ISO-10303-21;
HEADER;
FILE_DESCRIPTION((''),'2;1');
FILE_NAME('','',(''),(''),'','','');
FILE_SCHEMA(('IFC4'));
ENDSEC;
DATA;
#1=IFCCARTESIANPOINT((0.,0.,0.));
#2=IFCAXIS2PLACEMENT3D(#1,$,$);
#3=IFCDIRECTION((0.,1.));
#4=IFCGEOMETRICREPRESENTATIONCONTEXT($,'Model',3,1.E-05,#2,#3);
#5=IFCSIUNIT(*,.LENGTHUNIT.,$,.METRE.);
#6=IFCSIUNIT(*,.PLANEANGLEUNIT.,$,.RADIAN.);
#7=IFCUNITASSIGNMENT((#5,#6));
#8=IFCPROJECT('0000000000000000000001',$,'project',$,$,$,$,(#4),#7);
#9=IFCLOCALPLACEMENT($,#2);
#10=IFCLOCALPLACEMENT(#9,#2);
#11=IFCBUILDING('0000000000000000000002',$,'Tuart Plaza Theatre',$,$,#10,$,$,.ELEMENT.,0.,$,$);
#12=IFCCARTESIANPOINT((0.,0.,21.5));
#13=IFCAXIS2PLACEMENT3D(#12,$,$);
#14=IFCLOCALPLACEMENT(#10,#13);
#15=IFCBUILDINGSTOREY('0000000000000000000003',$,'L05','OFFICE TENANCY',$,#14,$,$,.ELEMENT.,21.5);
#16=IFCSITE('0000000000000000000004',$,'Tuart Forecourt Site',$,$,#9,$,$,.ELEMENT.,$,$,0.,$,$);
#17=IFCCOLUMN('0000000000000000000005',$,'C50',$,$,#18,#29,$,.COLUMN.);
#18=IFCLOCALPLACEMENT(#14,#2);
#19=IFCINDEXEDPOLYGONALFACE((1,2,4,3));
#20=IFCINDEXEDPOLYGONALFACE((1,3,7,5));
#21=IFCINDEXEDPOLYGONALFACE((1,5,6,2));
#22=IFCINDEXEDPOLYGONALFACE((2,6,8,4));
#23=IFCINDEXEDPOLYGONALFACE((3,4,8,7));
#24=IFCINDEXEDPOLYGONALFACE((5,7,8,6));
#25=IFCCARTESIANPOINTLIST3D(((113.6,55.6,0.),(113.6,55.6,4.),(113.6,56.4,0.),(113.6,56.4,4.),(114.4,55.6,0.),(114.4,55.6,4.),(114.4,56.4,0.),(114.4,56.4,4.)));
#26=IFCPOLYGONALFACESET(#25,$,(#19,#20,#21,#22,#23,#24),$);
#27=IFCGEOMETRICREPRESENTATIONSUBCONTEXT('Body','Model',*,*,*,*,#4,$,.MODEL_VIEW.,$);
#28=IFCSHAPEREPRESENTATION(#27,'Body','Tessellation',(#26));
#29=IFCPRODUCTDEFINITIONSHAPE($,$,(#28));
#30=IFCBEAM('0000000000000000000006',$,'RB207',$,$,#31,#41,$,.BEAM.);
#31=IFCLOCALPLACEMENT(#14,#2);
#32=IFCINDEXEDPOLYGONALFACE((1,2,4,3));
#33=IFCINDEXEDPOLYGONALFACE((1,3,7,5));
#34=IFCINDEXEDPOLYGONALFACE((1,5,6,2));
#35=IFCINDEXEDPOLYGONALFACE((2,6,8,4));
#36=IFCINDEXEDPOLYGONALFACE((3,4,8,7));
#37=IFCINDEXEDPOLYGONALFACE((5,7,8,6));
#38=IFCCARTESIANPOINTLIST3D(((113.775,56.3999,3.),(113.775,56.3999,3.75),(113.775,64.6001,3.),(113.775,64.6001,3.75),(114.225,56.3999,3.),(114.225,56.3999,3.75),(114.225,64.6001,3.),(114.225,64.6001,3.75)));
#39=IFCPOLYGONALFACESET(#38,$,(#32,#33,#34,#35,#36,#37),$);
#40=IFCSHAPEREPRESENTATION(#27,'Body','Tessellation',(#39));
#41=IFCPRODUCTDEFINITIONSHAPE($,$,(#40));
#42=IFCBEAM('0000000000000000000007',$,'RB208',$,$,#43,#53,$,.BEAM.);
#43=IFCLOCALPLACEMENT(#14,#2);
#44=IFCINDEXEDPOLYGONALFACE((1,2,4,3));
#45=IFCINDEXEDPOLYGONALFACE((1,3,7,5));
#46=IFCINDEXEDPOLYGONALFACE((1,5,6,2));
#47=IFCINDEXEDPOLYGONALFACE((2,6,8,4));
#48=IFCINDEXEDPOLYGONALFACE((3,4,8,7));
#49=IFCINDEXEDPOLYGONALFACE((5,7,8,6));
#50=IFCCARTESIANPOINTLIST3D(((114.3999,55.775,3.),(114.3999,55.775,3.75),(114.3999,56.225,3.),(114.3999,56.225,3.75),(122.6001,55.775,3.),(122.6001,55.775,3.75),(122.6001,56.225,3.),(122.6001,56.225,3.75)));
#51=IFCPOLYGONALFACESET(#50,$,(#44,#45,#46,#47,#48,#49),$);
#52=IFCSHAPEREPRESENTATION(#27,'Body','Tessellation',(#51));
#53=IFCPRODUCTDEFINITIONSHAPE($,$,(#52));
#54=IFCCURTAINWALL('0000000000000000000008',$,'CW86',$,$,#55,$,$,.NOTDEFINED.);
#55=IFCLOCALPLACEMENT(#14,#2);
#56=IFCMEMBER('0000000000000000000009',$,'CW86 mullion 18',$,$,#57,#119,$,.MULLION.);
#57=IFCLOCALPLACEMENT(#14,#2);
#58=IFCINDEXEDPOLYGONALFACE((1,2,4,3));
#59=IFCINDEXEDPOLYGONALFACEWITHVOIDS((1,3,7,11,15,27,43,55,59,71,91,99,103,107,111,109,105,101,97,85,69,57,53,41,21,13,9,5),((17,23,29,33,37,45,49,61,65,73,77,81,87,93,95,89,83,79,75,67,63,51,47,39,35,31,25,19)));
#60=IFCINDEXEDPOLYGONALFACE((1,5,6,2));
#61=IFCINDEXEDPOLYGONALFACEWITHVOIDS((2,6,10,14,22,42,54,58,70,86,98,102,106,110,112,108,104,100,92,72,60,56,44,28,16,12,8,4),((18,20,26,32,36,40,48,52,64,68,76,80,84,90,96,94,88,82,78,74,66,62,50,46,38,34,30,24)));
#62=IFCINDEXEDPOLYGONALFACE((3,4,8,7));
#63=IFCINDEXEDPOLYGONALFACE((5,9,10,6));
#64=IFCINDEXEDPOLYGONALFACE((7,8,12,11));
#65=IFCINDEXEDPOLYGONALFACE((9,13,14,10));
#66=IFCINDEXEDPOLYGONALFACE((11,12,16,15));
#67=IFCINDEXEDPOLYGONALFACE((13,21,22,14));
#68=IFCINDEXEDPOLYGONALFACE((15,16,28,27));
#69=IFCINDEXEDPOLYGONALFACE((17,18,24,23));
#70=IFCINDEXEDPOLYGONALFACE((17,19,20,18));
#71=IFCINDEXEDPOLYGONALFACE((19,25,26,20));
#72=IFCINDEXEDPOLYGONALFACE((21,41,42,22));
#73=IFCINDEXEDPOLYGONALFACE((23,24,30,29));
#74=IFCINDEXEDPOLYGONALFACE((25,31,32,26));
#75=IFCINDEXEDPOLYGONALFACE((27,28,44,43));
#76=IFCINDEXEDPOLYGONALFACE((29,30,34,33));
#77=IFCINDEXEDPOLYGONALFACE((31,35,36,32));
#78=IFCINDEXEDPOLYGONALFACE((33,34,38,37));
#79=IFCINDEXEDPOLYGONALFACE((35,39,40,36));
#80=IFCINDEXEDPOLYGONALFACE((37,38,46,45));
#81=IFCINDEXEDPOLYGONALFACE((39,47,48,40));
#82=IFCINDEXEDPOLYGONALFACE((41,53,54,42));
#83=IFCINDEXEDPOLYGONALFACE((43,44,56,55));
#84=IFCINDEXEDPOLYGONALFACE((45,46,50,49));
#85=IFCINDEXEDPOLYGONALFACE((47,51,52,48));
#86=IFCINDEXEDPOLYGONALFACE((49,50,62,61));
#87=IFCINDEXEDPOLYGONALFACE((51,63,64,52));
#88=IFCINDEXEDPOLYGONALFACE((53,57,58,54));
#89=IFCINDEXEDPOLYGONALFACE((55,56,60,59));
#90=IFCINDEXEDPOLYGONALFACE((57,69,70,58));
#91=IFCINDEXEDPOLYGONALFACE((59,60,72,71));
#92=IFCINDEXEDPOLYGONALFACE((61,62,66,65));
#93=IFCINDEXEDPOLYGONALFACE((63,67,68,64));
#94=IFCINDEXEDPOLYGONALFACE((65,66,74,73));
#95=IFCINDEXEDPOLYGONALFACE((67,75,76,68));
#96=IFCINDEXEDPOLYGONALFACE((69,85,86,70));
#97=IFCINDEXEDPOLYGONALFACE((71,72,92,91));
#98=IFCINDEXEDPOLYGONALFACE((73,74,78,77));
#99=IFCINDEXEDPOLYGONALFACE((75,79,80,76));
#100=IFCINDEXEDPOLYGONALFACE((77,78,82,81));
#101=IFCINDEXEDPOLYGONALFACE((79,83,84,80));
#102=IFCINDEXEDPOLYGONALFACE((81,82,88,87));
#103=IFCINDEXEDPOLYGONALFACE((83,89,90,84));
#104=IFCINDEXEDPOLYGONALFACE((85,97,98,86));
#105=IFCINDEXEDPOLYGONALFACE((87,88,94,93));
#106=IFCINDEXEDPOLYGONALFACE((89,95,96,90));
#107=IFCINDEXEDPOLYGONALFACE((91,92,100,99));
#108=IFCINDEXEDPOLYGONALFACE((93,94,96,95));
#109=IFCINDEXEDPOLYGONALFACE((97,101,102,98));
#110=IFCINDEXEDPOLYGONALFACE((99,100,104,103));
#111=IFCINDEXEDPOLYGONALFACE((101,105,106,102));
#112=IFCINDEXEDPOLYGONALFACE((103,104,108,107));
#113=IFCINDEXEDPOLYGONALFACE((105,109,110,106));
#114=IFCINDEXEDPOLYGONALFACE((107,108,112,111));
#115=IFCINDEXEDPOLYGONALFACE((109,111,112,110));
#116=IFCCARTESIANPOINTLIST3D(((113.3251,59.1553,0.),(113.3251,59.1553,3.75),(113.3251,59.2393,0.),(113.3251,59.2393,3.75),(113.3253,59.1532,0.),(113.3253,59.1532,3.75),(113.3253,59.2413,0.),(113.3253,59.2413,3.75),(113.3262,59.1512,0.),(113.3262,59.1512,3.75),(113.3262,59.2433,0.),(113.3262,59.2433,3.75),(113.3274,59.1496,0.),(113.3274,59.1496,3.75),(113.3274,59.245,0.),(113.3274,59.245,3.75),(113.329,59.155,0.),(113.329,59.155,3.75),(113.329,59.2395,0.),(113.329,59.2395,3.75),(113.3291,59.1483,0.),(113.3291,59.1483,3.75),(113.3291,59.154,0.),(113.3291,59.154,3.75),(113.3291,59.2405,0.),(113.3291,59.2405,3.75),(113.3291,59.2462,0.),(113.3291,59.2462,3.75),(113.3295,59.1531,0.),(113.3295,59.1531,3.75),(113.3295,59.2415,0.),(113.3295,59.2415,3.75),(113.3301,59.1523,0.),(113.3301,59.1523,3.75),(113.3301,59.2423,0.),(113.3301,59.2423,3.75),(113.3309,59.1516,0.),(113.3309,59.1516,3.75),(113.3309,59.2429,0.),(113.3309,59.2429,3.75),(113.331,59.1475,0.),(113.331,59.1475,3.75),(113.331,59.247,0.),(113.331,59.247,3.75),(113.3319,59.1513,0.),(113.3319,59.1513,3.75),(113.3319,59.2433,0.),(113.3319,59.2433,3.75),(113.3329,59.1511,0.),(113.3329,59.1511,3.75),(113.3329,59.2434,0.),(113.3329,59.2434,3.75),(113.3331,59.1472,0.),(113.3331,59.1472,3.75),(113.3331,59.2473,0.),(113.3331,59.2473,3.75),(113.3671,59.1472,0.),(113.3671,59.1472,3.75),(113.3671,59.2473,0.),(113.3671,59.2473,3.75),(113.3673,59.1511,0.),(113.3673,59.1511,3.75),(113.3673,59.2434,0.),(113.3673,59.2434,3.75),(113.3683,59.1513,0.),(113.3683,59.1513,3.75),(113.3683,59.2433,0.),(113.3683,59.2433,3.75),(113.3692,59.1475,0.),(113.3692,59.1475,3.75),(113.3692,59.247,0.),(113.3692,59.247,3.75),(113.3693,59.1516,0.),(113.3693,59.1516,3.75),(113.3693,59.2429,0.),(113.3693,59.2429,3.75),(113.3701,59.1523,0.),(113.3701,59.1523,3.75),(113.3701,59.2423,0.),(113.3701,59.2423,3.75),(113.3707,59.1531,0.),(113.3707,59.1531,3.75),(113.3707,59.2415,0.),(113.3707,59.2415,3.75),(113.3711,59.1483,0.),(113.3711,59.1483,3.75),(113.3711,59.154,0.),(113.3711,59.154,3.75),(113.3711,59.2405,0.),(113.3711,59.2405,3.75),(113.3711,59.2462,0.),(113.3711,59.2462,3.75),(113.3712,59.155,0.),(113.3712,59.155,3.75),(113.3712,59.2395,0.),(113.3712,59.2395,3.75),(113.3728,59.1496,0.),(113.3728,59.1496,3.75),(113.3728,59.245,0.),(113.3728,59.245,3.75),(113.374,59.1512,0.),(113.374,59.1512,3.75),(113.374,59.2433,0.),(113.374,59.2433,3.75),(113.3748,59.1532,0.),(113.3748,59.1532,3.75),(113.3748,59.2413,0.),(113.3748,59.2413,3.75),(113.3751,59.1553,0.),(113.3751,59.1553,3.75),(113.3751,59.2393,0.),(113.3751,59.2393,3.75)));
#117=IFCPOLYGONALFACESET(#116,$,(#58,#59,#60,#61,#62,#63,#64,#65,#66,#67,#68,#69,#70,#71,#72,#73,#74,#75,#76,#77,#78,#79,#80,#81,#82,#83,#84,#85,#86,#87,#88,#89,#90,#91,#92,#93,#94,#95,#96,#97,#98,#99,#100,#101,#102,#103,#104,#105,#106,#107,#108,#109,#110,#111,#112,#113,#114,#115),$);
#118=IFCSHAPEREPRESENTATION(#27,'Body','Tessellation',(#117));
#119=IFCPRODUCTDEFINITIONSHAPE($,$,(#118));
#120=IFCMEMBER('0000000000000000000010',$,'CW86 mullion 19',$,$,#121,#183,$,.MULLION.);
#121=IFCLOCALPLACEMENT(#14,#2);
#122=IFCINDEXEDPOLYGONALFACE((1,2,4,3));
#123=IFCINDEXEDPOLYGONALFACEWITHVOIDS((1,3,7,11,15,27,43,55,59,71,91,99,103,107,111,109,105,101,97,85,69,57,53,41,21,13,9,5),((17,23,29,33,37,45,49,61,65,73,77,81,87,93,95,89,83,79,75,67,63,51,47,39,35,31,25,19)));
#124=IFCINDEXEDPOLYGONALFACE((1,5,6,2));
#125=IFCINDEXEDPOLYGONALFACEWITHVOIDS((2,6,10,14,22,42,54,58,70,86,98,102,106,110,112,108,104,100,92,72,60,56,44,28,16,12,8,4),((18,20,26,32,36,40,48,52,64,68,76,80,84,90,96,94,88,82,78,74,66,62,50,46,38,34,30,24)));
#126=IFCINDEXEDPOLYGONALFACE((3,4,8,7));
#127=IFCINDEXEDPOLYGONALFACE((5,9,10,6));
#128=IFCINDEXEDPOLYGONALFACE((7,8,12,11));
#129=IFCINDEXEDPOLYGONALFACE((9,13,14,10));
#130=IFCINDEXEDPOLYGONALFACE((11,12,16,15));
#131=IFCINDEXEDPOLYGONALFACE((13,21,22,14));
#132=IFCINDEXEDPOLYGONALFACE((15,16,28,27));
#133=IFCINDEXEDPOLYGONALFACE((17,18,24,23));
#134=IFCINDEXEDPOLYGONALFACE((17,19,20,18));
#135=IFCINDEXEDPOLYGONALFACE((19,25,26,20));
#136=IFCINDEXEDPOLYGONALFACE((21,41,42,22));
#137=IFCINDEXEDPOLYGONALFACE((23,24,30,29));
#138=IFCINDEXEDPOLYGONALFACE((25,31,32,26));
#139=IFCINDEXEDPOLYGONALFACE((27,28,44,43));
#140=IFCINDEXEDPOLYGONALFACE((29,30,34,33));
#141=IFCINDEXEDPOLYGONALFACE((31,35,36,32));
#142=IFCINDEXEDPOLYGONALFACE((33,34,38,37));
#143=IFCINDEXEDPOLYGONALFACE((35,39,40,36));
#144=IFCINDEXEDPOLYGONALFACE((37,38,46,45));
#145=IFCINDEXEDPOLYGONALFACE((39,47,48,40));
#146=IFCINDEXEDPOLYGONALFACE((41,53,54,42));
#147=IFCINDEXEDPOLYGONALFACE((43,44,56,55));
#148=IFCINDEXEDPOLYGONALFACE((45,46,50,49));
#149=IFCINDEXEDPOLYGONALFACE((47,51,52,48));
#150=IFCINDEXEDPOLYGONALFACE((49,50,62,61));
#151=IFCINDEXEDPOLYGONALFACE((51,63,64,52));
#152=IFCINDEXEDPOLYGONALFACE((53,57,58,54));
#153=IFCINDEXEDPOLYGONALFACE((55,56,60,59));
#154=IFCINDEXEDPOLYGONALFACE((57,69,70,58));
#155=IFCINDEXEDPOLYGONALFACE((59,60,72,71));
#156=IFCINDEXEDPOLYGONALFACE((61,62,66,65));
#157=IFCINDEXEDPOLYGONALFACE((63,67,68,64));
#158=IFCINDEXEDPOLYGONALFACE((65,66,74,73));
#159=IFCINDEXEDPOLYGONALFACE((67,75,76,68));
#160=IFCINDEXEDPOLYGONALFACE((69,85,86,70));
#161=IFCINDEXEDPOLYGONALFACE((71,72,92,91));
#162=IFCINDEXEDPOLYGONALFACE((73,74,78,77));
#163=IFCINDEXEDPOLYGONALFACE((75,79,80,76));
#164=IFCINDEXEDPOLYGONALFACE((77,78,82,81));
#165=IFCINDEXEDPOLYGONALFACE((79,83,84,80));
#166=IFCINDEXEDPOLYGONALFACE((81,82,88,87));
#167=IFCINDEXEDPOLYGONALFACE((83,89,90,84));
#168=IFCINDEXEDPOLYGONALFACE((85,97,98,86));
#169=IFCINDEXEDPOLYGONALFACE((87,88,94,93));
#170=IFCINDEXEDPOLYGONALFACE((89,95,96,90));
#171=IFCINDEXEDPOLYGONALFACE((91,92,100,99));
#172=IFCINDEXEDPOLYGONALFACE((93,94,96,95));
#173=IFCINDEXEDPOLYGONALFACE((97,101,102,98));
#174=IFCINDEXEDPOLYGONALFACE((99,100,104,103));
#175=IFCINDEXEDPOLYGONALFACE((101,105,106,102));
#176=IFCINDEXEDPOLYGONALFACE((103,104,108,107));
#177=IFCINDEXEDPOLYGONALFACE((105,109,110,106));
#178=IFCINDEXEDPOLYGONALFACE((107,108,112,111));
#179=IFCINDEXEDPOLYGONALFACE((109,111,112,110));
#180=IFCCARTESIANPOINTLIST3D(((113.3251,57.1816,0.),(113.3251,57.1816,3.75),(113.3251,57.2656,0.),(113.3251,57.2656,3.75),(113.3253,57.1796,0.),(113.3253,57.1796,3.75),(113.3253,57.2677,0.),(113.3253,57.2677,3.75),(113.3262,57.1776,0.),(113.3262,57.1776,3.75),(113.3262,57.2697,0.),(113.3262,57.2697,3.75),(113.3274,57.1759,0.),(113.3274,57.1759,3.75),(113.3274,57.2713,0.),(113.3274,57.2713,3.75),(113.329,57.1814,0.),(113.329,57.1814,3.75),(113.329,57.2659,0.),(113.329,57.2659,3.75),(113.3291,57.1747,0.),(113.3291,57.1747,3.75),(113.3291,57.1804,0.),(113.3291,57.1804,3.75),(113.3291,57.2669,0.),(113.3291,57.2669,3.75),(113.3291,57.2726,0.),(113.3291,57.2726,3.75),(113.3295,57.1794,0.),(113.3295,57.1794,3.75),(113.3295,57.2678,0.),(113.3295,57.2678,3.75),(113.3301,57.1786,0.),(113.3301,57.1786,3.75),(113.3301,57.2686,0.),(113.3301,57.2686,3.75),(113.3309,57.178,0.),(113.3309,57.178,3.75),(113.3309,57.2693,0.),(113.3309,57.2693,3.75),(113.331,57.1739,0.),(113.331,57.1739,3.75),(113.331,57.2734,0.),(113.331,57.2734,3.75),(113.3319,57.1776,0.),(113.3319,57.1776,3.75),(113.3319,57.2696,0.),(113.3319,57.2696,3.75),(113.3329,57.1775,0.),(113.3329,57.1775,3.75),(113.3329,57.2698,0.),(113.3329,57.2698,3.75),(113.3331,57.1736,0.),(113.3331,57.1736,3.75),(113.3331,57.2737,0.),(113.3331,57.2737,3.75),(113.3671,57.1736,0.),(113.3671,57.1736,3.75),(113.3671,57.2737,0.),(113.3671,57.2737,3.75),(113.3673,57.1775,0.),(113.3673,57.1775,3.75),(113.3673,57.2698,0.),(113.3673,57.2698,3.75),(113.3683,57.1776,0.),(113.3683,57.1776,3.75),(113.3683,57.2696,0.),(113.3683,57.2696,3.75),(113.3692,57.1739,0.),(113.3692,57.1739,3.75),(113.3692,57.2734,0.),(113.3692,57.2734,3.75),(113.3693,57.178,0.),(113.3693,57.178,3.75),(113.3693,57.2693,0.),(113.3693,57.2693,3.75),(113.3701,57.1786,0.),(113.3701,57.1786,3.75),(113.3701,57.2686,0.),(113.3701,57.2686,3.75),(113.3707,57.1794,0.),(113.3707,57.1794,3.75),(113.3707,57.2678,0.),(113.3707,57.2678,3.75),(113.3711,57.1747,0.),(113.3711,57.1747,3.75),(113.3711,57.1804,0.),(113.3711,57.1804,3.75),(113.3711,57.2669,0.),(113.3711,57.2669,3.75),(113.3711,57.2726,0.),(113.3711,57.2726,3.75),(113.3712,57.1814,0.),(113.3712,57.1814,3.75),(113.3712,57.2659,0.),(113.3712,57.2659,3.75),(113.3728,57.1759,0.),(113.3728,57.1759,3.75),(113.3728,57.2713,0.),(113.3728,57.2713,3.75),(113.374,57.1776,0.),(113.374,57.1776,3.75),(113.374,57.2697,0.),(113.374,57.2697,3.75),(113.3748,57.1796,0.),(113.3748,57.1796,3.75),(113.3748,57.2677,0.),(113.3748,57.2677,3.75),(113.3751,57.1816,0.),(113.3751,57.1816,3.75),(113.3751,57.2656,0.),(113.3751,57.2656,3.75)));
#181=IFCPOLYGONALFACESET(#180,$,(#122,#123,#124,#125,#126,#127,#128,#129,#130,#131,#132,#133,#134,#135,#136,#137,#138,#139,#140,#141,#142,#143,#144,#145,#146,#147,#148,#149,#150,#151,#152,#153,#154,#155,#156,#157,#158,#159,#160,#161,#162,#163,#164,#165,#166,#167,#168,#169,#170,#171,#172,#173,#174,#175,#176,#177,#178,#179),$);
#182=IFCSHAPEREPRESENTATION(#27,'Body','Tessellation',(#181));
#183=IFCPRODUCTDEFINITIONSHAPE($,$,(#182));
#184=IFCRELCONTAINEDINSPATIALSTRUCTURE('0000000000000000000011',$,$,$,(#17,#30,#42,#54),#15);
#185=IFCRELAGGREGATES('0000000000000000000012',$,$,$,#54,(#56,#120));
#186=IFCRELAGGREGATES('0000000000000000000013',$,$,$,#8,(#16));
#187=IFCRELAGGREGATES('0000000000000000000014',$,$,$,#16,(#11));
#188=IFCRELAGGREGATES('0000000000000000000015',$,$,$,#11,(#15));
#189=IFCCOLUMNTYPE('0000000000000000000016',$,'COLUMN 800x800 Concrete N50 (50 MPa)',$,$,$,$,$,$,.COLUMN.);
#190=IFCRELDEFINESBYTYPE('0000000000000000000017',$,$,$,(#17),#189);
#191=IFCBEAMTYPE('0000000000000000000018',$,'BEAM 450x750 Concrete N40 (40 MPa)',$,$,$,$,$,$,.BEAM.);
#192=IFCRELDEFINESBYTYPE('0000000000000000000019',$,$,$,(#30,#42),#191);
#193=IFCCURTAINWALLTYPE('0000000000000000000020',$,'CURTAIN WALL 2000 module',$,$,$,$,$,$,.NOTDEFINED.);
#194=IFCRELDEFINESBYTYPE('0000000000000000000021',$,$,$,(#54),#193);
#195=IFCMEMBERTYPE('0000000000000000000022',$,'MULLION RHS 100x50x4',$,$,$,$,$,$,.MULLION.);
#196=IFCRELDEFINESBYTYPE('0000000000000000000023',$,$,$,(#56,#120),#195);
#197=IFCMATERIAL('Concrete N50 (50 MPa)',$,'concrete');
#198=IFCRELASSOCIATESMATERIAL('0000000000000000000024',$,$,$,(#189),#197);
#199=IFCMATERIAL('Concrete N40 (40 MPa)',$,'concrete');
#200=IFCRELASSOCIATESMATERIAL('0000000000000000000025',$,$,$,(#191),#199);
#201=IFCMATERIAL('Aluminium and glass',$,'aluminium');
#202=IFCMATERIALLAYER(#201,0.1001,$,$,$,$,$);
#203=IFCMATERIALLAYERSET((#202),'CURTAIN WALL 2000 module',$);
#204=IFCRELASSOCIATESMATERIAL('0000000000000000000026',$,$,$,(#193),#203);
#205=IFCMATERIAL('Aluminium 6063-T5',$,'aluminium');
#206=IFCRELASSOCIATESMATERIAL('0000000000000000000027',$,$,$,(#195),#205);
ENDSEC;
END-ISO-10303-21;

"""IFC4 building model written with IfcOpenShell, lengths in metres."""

from ifc_helpers import new_model, si_unit, direction, frame, origin, origin_2d, place, context, subcontext, project, spatial, rectangle, hollow_rectangle, extrude, material, layer, layer_set, material_profile, profile_set, type_object, element, aggregate, save


model = new_model("IFC4")

# Units and contexts
model_context = context("Model", 3, precision=1e-05, world=origin(), true_north=direction((0.0, 1.0)))
body_context = subcontext(model_context, "Body", "Model", "MODEL_VIEW")
ifc_project = project(units=[si_unit("LENGTHUNIT", "METRE"), si_unit("PLANEANGLEUNIT", "RADIAN")], contexts=[model_context])

# Site, building, storey
site_placement = place(None, origin())
site = spatial("IfcSite", under=ifc_project, at=site_placement, Name="Tuart Forecourt Site", CompositionType="ELEMENT", RefElevation=0.0)
building_placement = place(site_placement, origin())
building = spatial("IfcBuilding", under=site, at=building_placement, Name="Tuart Plaza Theatre", CompositionType="ELEMENT", ElevationOfRefHeight=0.0)
storey_placement = place(building_placement, frame((0.0, 0.0, 21.5)))
storey = spatial("IfcBuildingStorey", under=building, at=storey_placement, Name="L05", Description="OFFICE TENANCY", CompositionType="ELEMENT", Elevation=21.5)

# Column
ifc_material_1 = material(Name="Concrete N50 (50 MPa)", Category="concrete")
ifc_material_profile_1 = material_profile(ifc_material_1, rectangle(XDim=0.8, YDim=0.8, at=origin_2d()), Name="COLUMN 800x800 Concrete N50 (50 MPa)")
ifc_profile_set_1 = profile_set([ifc_material_profile_1], Name="Concrete N50 (50 MPa)")
column_type = type_object("IfcColumnType", Name="COLUMN 800x800 Concrete N50 (50 MPa)", PredefinedType="COLUMN", material=ifc_profile_set_1)
column_placement = place(storey_placement, frame((114.0, 56.0, 0.0), z_axis=(0.0, 0.0, 1.0), x_axis=(1.0, 0.0, 0.0)))
element("IfcColumn", 1, at=column_placement, inside=storey, type_object=column_type, Name="C50", PredefinedType="COLUMN", context=body_context, shape_type="SweptSolid", body=[
    extrude(rectangle(XDim=0.8, YDim=0.8, at=origin_2d()), origin(), (0.0, 0.0, 1.0), 4.0),
])

# Beams
ifc_material_2 = material(Name="Concrete N40 (40 MPa)", Category="concrete")
ifc_material_profile_2 = material_profile(ifc_material_2, rectangle(XDim=0.45, YDim=0.75, at=origin_2d()), Name="BEAM 450x750 Concrete N40 (40 MPa)")
ifc_profile_set_2 = profile_set([ifc_material_profile_2], Name="Concrete N40 (40 MPa)")
beam_type = type_object("IfcBeamType", Name="BEAM 450x750 Concrete N40 (40 MPa)", PredefinedType="BEAM", material=ifc_profile_set_2)
for number, where, z_axis, x_axis, name in (
    (2, (114.0, 56.3999, 3.375), (0.0, 1.0, 0.0), (-1.0, 0.0, 0.0), "RB207"),
    (3, (114.3999, 56.0, 3.375), (1.0, 0.0, 0.0), (0.0, 1.0, 0.0), "RB208"),
):
    element("IfcBeam", number, at=place(storey_placement, frame(where, z_axis=z_axis, x_axis=x_axis)), inside=storey, type_object=beam_type, Name=name, PredefinedType="BEAM", context=body_context, shape_type="SweptSolid", body=[
        extrude(rectangle(XDim=0.45, YDim=0.75, at=origin_2d()), origin(), (0.0, 0.0, 1.0), 8.2002),
    ])

# Curtain wall, members
ifc_material_3 = material(Name="Aluminium and glass", Category="aluminium")
ifc_layer_1 = layer(ifc_material_3, 0.1001)
ifc_layer_set_1 = layer_set([ifc_layer_1], Name="CURTAIN WALL 2000 module")
curtain_wall_type = type_object("IfcCurtainWallType", Name="CURTAIN WALL 2000 module", PredefinedType="NOTDEFINED", material=ifc_layer_set_1)
curtain_wall_1_placement = place(storey_placement, origin())
curtain_wall_1 = element("IfcCurtainWall", 4, at=curtain_wall_1_placement, inside=storey, type_object=curtain_wall_type, Name="CW86", PredefinedType="NOTDEFINED")
ifc_material_4 = material(Name="Aluminium 6063-T5", Category="aluminium")
ifc_material_profile_3 = material_profile(ifc_material_4, hollow_rectangle(XDim=0.05, YDim=0.1001, WallThickness=0.0039, InnerFilletRadius=0.0039, OuterFilletRadius=0.0081, at=origin_2d()), Name="RHS 100x50x4")
ifc_profile_set_3 = profile_set([ifc_material_profile_3], Name="Aluminium 6063-T5")
member_type_1 = type_object("IfcMemberType", Name="MULLION RHS 100x50x4", PredefinedType="MULLION", material=ifc_profile_set_3)
member_1_placement = place(storey_placement, frame((113.3501, 59.1973, 0.0), z_axis=(0.0, 0.0, 1.0), x_axis=(1.0, 0.0, 0.0)))
member_1 = element("IfcMember", 5, at=member_1_placement, type_object=member_type_1, Name="CW86 mullion 18", PredefinedType="MULLION", context=body_context, shape_type="SweptSolid", body=[
    extrude(hollow_rectangle(XDim=0.05, YDim=0.1001, WallThickness=0.0039, InnerFilletRadius=0.0039, OuterFilletRadius=0.0081, at=origin_2d()), origin(), (0.0, 0.0, 1.0), 3.75),
])
member_2_placement = place(storey_placement, frame((113.3501, 57.2236, 0.0), z_axis=(0.0, 0.0, 1.0), x_axis=(1.0, 0.0, 0.0)))
member_2 = element("IfcMember", 6, at=member_2_placement, type_object=member_type_1, Name="CW86 mullion 19", PredefinedType="MULLION", context=body_context, shape_type="SweptSolid", body=[
    extrude(hollow_rectangle(XDim=0.05, YDim=0.1001, WallThickness=0.0039, InnerFilletRadius=0.0039, OuterFilletRadius=0.0081, at=origin_2d()), origin(), (0.0, 0.0, 1.0), 3.75),
])

aggregate(curtain_wall_1, [member_1, member_2])

save(model, "model.ifc")
